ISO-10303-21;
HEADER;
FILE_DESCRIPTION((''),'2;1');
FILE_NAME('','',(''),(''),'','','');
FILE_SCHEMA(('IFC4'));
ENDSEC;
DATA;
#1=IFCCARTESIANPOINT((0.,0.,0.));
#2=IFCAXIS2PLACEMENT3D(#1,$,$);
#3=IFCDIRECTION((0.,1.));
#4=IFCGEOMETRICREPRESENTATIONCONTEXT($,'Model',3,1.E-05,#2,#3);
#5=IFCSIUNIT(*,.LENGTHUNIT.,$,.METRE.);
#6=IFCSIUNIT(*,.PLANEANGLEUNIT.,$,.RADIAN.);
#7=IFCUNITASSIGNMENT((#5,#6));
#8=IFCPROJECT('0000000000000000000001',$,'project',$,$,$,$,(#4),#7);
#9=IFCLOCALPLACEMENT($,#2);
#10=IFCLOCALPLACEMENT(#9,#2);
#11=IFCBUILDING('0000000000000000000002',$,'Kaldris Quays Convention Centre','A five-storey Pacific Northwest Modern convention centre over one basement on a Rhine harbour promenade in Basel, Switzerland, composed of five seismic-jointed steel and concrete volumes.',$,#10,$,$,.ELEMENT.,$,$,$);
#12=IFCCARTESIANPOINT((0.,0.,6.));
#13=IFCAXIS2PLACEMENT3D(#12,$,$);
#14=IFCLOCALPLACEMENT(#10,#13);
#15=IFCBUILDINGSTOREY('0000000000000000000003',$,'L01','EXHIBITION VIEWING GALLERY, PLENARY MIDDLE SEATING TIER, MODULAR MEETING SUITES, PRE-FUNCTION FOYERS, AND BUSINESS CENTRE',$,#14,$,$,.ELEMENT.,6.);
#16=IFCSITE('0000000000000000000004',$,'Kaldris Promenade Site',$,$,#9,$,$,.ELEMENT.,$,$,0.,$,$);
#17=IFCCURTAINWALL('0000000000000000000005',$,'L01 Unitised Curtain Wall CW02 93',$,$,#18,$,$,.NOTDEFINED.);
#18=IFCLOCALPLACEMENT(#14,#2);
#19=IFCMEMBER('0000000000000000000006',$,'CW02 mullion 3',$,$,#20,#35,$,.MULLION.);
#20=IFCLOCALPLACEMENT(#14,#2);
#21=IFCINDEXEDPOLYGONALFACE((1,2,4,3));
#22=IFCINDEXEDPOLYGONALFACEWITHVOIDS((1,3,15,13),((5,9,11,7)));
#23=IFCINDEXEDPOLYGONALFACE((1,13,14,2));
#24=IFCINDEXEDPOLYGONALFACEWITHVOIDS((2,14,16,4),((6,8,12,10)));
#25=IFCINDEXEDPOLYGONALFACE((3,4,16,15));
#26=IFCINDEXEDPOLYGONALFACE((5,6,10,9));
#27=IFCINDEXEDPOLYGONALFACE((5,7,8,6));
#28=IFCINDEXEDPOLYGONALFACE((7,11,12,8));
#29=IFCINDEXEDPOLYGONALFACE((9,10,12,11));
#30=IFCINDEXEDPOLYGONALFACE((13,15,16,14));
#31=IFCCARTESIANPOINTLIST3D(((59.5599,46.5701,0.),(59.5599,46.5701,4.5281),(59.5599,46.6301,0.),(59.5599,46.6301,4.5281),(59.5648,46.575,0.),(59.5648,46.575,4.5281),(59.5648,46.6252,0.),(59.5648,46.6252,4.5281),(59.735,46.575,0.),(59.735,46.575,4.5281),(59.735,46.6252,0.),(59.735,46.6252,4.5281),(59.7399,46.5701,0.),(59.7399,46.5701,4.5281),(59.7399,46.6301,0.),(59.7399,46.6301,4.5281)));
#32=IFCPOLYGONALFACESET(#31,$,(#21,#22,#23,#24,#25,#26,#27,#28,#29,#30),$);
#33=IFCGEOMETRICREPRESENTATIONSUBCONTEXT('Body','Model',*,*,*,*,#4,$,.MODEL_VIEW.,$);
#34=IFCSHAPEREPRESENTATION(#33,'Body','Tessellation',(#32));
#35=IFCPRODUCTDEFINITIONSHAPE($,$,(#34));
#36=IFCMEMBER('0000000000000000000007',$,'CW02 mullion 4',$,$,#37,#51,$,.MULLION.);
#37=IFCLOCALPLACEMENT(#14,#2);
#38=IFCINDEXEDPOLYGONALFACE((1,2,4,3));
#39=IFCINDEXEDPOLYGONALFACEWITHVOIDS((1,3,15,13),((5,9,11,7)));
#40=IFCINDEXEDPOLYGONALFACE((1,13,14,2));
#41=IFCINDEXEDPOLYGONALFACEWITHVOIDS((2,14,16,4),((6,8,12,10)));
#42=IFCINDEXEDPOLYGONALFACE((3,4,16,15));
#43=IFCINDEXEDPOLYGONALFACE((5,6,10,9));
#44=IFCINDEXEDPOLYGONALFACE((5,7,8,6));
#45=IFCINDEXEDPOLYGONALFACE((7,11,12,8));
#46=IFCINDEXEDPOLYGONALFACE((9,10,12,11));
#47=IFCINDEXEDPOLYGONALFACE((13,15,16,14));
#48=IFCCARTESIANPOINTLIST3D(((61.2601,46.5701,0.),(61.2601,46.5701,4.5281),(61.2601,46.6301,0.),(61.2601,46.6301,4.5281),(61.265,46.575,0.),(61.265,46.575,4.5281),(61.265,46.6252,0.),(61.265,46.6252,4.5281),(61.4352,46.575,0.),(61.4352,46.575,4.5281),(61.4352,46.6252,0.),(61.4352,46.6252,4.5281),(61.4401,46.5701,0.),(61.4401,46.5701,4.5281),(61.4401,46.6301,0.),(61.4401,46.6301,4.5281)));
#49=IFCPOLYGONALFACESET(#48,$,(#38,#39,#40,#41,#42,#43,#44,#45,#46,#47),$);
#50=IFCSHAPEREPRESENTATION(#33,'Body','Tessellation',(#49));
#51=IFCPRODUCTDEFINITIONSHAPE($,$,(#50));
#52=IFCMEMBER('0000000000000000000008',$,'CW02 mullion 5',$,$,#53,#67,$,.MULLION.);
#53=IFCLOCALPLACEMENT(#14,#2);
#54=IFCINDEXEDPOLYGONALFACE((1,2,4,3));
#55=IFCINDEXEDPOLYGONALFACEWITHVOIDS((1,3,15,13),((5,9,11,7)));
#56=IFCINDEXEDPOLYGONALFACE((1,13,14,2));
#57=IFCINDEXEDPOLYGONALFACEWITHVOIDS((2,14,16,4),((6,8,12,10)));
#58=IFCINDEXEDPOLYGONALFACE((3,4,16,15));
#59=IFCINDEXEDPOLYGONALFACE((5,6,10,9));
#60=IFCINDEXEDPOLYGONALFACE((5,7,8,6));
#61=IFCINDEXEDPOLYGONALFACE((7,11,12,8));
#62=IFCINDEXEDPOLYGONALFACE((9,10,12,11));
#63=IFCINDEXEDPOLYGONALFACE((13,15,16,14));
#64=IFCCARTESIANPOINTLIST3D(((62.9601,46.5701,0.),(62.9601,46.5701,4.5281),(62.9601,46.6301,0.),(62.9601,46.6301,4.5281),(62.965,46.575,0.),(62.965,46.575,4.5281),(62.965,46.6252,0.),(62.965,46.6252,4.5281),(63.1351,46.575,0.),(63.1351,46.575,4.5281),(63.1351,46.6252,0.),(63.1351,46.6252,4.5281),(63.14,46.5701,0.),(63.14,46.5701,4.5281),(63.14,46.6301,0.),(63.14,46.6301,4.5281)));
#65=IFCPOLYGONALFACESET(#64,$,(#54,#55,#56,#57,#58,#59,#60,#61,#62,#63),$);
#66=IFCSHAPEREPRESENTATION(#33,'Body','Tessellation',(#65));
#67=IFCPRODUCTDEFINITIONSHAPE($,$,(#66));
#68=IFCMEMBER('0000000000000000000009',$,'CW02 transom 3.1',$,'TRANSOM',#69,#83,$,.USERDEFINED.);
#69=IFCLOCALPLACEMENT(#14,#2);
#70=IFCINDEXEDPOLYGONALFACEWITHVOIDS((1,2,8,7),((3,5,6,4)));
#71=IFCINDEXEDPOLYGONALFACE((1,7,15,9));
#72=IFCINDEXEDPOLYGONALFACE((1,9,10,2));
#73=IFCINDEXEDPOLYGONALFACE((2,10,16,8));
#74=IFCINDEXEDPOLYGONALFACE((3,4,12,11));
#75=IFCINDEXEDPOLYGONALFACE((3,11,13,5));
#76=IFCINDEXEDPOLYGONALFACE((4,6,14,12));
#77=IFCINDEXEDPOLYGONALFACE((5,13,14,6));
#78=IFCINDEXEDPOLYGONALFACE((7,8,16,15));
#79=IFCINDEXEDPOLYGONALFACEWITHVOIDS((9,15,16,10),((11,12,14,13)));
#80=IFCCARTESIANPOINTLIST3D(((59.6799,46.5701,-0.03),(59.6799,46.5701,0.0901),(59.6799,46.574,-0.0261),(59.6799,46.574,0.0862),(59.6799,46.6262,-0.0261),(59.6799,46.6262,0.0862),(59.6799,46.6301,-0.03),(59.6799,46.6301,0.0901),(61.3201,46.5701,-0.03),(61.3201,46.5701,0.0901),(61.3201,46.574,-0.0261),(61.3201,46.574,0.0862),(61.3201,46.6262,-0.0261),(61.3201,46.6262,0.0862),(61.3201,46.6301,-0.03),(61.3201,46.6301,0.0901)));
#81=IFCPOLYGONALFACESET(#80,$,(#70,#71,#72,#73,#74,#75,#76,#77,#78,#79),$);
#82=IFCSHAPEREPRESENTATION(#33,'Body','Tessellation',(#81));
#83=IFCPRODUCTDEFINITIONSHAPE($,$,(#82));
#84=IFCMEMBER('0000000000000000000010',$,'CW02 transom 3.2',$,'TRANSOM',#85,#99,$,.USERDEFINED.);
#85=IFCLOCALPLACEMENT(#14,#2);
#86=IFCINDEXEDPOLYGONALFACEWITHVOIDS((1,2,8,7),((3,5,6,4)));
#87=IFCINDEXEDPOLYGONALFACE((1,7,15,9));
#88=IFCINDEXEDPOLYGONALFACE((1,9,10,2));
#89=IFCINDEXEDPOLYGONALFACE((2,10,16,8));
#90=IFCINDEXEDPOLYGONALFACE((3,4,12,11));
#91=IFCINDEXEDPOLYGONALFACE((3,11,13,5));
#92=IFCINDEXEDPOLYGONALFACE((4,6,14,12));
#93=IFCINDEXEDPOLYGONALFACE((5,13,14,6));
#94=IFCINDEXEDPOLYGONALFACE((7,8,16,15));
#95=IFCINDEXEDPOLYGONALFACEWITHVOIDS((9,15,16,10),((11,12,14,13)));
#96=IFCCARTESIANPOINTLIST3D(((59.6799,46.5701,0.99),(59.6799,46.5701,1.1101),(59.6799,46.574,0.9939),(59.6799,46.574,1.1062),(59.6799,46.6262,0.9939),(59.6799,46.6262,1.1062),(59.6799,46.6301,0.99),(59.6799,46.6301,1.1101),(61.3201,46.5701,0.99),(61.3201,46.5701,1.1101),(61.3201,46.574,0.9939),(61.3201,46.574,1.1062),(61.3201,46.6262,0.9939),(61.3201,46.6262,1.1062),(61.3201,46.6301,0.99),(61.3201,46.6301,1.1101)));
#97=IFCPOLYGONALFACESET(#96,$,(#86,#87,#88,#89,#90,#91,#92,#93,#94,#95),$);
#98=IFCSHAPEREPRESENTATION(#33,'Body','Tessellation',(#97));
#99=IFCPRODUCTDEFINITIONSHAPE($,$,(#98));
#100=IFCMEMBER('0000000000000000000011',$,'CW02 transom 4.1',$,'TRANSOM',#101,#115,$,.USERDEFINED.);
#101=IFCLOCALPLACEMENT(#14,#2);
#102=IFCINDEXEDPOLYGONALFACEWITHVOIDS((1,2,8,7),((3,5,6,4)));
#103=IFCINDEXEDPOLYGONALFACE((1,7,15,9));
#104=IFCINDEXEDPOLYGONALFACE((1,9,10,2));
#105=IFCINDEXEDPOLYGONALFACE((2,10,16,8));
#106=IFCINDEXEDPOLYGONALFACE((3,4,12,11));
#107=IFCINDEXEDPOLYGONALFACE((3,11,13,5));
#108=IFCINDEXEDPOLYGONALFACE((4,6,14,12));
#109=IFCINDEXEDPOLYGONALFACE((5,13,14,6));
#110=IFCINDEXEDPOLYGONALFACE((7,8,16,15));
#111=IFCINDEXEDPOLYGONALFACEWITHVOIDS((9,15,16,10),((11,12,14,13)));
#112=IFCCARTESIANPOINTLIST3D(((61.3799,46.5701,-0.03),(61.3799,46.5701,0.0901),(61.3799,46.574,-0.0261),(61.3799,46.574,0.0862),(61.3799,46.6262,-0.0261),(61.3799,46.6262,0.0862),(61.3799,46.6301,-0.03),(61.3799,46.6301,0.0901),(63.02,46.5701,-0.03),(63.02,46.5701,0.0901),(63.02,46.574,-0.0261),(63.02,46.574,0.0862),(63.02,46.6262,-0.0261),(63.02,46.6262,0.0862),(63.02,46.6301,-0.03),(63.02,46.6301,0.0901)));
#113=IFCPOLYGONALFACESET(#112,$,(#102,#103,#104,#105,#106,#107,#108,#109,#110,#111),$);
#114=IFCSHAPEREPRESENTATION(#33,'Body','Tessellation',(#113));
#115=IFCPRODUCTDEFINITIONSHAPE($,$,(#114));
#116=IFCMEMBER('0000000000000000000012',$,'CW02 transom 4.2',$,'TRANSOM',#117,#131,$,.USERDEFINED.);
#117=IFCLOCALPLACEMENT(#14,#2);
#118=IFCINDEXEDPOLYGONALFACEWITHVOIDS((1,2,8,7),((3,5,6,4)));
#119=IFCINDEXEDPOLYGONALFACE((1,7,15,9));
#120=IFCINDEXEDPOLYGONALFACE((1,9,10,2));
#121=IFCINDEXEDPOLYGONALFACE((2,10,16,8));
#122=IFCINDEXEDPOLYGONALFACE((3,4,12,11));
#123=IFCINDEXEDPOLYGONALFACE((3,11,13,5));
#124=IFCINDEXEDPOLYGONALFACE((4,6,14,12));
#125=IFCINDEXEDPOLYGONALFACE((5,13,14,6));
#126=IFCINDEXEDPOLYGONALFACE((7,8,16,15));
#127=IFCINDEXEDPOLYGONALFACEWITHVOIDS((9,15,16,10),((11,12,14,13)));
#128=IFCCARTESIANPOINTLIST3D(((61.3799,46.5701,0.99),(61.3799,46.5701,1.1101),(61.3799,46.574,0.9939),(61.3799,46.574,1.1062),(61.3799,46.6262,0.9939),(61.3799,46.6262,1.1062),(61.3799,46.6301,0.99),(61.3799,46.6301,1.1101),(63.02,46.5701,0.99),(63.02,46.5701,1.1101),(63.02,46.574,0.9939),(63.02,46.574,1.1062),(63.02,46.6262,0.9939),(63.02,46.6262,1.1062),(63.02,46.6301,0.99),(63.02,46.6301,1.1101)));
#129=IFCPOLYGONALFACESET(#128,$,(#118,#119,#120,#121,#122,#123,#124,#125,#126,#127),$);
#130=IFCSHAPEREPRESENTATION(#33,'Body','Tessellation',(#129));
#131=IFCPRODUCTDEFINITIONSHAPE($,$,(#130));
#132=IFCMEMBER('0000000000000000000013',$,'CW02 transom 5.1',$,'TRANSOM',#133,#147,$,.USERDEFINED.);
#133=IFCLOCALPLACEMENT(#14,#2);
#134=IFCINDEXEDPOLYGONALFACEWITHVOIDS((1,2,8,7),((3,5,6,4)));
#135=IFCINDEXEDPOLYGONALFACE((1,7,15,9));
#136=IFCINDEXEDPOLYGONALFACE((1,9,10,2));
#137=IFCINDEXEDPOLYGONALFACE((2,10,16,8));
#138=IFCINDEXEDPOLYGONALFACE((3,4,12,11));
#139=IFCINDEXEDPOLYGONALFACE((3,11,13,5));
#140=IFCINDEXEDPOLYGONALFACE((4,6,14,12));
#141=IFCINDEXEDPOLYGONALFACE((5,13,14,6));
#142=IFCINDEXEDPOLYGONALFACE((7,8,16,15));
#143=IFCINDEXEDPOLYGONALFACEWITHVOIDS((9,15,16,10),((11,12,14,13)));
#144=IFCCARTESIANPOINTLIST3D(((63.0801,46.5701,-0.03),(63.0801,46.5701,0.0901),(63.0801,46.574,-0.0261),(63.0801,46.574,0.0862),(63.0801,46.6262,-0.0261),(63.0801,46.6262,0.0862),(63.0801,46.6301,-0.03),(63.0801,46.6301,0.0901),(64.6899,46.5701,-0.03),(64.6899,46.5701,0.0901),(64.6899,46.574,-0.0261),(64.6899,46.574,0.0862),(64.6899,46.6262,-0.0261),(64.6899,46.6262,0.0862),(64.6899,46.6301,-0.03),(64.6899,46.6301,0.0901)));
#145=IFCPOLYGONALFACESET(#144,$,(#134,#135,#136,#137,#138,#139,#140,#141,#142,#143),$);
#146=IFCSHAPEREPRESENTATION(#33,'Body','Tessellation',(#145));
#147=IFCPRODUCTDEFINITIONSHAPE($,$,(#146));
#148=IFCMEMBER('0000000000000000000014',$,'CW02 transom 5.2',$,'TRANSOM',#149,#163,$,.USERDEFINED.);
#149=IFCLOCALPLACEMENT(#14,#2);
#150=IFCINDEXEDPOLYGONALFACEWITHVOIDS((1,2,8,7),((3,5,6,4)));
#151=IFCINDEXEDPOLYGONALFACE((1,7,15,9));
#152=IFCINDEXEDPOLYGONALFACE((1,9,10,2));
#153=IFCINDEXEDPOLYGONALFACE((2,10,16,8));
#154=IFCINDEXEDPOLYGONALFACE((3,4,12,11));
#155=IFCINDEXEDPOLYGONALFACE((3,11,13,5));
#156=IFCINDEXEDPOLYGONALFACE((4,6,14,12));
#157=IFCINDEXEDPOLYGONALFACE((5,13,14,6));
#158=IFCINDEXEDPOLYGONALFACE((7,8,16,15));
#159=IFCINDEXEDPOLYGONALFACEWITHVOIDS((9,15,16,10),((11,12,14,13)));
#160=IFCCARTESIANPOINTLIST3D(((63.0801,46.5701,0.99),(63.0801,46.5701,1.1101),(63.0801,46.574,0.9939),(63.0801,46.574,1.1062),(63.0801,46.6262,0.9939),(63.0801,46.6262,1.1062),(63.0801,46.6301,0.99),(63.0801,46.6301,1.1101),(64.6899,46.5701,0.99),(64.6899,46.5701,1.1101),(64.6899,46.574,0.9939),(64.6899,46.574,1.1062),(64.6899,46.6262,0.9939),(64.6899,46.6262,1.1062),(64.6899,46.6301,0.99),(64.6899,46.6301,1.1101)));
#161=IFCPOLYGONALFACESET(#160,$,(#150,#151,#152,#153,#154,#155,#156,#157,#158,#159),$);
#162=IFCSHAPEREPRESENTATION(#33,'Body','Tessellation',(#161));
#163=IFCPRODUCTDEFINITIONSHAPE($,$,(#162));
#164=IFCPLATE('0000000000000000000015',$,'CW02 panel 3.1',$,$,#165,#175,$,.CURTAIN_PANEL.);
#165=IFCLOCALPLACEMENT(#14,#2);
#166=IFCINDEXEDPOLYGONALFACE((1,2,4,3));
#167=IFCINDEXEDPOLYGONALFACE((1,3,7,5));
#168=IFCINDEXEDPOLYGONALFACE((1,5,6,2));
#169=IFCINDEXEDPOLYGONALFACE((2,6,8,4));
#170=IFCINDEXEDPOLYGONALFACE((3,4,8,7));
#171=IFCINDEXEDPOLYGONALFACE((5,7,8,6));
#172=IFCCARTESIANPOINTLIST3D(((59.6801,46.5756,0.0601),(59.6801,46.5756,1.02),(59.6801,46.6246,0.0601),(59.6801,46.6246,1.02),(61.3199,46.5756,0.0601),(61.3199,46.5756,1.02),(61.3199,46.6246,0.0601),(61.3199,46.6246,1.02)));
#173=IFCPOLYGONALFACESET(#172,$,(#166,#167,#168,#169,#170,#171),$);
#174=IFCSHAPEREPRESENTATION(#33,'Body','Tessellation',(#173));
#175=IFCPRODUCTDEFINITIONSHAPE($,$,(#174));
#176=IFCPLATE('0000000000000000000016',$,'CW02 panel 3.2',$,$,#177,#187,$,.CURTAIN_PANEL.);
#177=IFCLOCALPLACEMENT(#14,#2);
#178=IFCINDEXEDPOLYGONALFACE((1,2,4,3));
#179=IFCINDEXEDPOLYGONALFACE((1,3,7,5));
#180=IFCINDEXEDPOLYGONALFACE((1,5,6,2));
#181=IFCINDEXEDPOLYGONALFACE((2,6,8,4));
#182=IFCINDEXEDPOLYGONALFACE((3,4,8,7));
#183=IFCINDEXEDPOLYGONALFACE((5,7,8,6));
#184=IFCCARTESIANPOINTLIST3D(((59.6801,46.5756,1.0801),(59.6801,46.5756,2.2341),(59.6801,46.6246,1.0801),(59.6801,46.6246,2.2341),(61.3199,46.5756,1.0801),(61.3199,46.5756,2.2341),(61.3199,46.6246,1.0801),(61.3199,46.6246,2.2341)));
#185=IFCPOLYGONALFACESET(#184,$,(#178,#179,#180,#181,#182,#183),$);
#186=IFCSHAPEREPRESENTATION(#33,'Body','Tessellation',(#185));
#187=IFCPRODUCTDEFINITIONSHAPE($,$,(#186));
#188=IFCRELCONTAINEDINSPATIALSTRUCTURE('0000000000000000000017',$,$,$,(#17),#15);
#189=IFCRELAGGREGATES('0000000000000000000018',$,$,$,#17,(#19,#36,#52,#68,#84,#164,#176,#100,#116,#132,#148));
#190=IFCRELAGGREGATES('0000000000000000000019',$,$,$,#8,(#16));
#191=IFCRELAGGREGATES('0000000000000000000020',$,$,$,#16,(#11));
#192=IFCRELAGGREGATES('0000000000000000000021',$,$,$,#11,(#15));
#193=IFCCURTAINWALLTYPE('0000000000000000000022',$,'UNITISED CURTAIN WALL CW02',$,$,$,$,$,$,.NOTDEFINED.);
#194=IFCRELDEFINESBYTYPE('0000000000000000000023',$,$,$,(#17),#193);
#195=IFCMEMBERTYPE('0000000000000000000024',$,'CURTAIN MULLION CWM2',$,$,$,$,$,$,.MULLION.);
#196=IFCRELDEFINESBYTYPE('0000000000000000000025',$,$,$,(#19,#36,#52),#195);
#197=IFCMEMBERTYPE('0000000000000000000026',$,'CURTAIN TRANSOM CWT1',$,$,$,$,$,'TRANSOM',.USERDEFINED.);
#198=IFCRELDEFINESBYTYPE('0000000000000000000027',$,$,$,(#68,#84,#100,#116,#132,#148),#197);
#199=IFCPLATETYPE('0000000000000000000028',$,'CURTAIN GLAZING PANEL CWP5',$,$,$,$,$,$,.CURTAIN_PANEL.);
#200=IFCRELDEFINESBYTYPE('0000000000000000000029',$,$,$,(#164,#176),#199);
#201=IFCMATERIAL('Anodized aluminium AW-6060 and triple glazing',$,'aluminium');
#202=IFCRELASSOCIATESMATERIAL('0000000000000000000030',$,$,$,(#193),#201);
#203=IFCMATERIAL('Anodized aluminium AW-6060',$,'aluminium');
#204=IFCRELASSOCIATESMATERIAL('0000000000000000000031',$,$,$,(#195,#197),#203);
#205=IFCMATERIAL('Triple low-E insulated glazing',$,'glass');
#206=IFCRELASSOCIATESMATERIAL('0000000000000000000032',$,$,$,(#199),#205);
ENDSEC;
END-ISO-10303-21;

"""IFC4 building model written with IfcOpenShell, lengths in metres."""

from ifc_helpers import new_model, si_unit, direction, frame, origin, origin_2d, place, context, subcontext, project, spatial, rectangle, hollow_rectangle, extrude, material, material_profile, profile_set, type_object, element, aggregate, save


model = new_model("IFC4")

# Units and contexts
model_context = context("Model", 3, precision=1e-05, world=origin(), true_north=direction((0.0, 1.0)))
body_context = subcontext(model_context, "Body", "Model", "MODEL_VIEW")
ifc_project = project(units=[si_unit("LENGTHUNIT", "METRE"), si_unit("PLANEANGLEUNIT", "RADIAN")], contexts=[model_context])

# Site, building, storey
site_placement = place(None, origin())
site = spatial("IfcSite", under=ifc_project, at=site_placement, Name="Kaldris Promenade Site", CompositionType="ELEMENT", RefElevation=0.0)
building_placement = place(site_placement, origin())
building = spatial("IfcBuilding", under=site, at=building_placement, Name="Kaldris Quays Convention Centre", Description="A five-storey Pacific Northwest Modern convention centre over one basement on a Rhine harbour promenade in Basel, Switzerland, composed of five seismic-jointed steel and concrete volumes.", CompositionType="ELEMENT")
storey_placement = place(building_placement, frame((0.0, 0.0, 6.0)))
storey = spatial("IfcBuildingStorey", under=building, at=storey_placement, Name="L01", Description="EXHIBITION VIEWING GALLERY, PLENARY MIDDLE SEATING TIER, MODULAR MEETING SUITES, PRE-FUNCTION FOYERS, AND BUSINESS CENTRE", CompositionType="ELEMENT", Elevation=6.0)

# Curtain wall, members, plates
ifc_material_1 = material(Name="Anodized aluminium AW-6060 and triple glazing", Category="aluminium")
curtain_wall_type = type_object("IfcCurtainWallType", Name="UNITISED CURTAIN WALL CW02", PredefinedType="NOTDEFINED", material=ifc_material_1)
curtain_wall_placement = place(storey_placement, origin())
curtain_wall = element("IfcCurtainWall", 1, at=curtain_wall_placement, inside=storey, type_object=curtain_wall_type, Name="L01 Unitised Curtain Wall CW02 93", PredefinedType="NOTDEFINED")
ifc_material_2 = material(Name="Anodized aluminium AW-6060", Category="aluminium")
ifc_material_profile_1 = material_profile(ifc_material_2, hollow_rectangle(XDim=0.0601, YDim=0.1799, WallThickness=0.0049, at=origin_2d()), Name="RHS 180x60x5")
ifc_profile_set_1 = profile_set([ifc_material_profile_1], Name="Anodized aluminium AW-6060")
member_type_1 = type_object("IfcMemberType", Name="CURTAIN MULLION CWM2", PredefinedType="MULLION", material=ifc_profile_set_1)
member_1_placement = place(storey_placement, frame((59.6499, 46.6001, 0.0), z_axis=(0.0, 0.0, 1.0), x_axis=(0.0, 1.0, 0.0)))
member_1 = element("IfcMember", 2, at=member_1_placement, type_object=member_type_1, Name="CW02 mullion 3", PredefinedType="MULLION", context=body_context, shape_type="SweptSolid", body=[
    extrude(hollow_rectangle(XDim=0.0601, YDim=0.1799, WallThickness=0.0049, at=origin_2d()), origin(), (0.0, 0.0, 1.0), 4.5281),
])
member_2_placement = place(storey_placement, frame((61.3501, 46.6001, 0.0), z_axis=(0.0, 0.0, 1.0), x_axis=(0.0, 1.0, 0.0)))
member_2 = element("IfcMember", 3, at=member_2_placement, type_object=member_type_1, Name="CW02 mullion 4", PredefinedType="MULLION", context=body_context, shape_type="SweptSolid", body=[
    extrude(hollow_rectangle(XDim=0.0601, YDim=0.1799, WallThickness=0.0049, at=origin_2d()), origin(), (0.0, 0.0, 1.0), 4.5281),
])
member_3_placement = place(storey_placement, frame((63.05, 46.6001, 0.0), z_axis=(0.0, 0.0, 1.0), x_axis=(0.0, 1.0, 0.0)))
member_3 = element("IfcMember", 4, at=member_3_placement, type_object=member_type_1, Name="CW02 mullion 5", PredefinedType="MULLION", context=body_context, shape_type="SweptSolid", body=[
    extrude(hollow_rectangle(XDim=0.0601, YDim=0.1799, WallThickness=0.0049, at=origin_2d()), origin(), (0.0, 0.0, 1.0), 4.5281),
])
ifc_material_profile_2 = material_profile(ifc_material_2, hollow_rectangle(XDim=0.0601, YDim=0.1201, WallThickness=0.0039, at=origin_2d()), Name="RHS 120x60x4")
ifc_profile_set_2 = profile_set([ifc_material_profile_2], Name="Anodized aluminium AW-6060")
member_type_2 = type_object("IfcMemberType", Name="CURTAIN TRANSOM CWT1", ElementType="TRANSOM", PredefinedType="USERDEFINED", material=ifc_profile_set_2)
member_4_placement = place(storey_placement, frame((59.6799, 46.6001, 0.03), z_axis=(1.0, 0.0, 0.0), x_axis=(0.0, 1.0, 0.0)))
member_4 = element("IfcMember", 5, at=member_4_placement, type_object=member_type_2, Name="CW02 transom 3.1", ObjectType="TRANSOM", PredefinedType="USERDEFINED", context=body_context, shape_type="SweptSolid", body=[
    extrude(hollow_rectangle(XDim=0.0601, YDim=0.1201, WallThickness=0.0039, at=origin_2d()), origin(), (0.0, 0.0, 1.0), 1.6401),
])
member_5_placement = place(storey_placement, frame((59.6799, 46.6001, 1.05), z_axis=(1.0, 0.0, 0.0), x_axis=(0.0, 1.0, 0.0)))
member_5 = element("IfcMember", 6, at=member_5_placement, type_object=member_type_2, Name="CW02 transom 3.2", ObjectType="TRANSOM", PredefinedType="USERDEFINED", context=body_context, shape_type="SweptSolid", body=[
    extrude(hollow_rectangle(XDim=0.0601, YDim=0.1201, WallThickness=0.0039, at=origin_2d()), origin(), (0.0, 0.0, 1.0), 1.6401),
])
member_6_placement = place(storey_placement, frame((61.3799, 46.6001, 0.03), z_axis=(1.0, 0.0, 0.0), x_axis=(0.0, 1.0, 0.0)))
member_6 = element("IfcMember", 7, at=member_6_placement, type_object=member_type_2, Name="CW02 transom 4.1", ObjectType="TRANSOM", PredefinedType="USERDEFINED", context=body_context, shape_type="SweptSolid", body=[
    extrude(hollow_rectangle(XDim=0.0601, YDim=0.1201, WallThickness=0.0039, at=origin_2d()), origin(), (0.0, 0.0, 1.0), 1.6401),
])
member_7_placement = place(storey_placement, frame((61.3799, 46.6001, 1.05), z_axis=(1.0, 0.0, 0.0), x_axis=(0.0, 1.0, 0.0)))
member_7 = element("IfcMember", 8, at=member_7_placement, type_object=member_type_2, Name="CW02 transom 4.2", ObjectType="TRANSOM", PredefinedType="USERDEFINED", context=body_context, shape_type="SweptSolid", body=[
    extrude(hollow_rectangle(XDim=0.0601, YDim=0.1201, WallThickness=0.0039, at=origin_2d()), origin(), (0.0, 0.0, 1.0), 1.6401),
])
member_8_placement = place(storey_placement, frame((63.0801, 46.6001, 0.03), z_axis=(1.0, 0.0, 0.0), x_axis=(0.0, 1.0, 0.0)))
member_8 = element("IfcMember", 9, at=member_8_placement, type_object=member_type_2, Name="CW02 transom 5.1", ObjectType="TRANSOM", PredefinedType="USERDEFINED", context=body_context, shape_type="SweptSolid", body=[
    extrude(hollow_rectangle(XDim=0.0601, YDim=0.1201, WallThickness=0.0039, at=origin_2d()), origin(), (0.0, 0.0, 1.0), 1.6099),
])
member_9_placement = place(storey_placement, frame((63.0801, 46.6001, 1.05), z_axis=(1.0, 0.0, 0.0), x_axis=(0.0, 1.0, 0.0)))
member_9 = element("IfcMember", 10, at=member_9_placement, type_object=member_type_2, Name="CW02 transom 5.2", ObjectType="TRANSOM", PredefinedType="USERDEFINED", context=body_context, shape_type="SweptSolid", body=[
    extrude(hollow_rectangle(XDim=0.0601, YDim=0.1201, WallThickness=0.0039, at=origin_2d()), origin(), (0.0, 0.0, 1.0), 1.6099),
])
ifc_material_3 = material(Name="Triple low-E insulated glazing", Category="glass")
plate_type = type_object("IfcPlateType", Name="CURTAIN GLAZING PANEL CWP5", PredefinedType="CURTAIN_PANEL", material=ifc_material_3)
plate_1_placement = place(storey_placement, frame((60.5, 46.6001, 0.0601), z_axis=(0.0, 0.0, 1.0), x_axis=(1.0, 0.0, 0.0)))
plate_1 = element("IfcPlate", 11, at=plate_1_placement, type_object=plate_type, Name="CW02 panel 3.1", PredefinedType="CURTAIN_PANEL", context=body_context, shape_type="SweptSolid", body=[
    extrude(rectangle(XDim=1.6399, YDim=0.0491, at=origin_2d()), origin(), (0.0, 0.0, 1.0), 0.96),
])
plate_2_placement = place(storey_placement, frame((60.5, 46.6001, 1.0801), z_axis=(0.0, 0.0, 1.0), x_axis=(1.0, 0.0, 0.0)))
plate_2 = element("IfcPlate", 12, at=plate_2_placement, type_object=plate_type, Name="CW02 panel 3.2", PredefinedType="CURTAIN_PANEL", context=body_context, shape_type="SweptSolid", body=[
    extrude(rectangle(XDim=1.6399, YDim=0.0491, at=origin_2d()), origin(), (0.0, 0.0, 1.0), 1.1541),
])
aggregate(curtain_wall, [member_1, member_2, member_3, member_4, member_5, plate_1, plate_2, member_6, member_7, member_8, member_9])

save(model, "model.ifc")
